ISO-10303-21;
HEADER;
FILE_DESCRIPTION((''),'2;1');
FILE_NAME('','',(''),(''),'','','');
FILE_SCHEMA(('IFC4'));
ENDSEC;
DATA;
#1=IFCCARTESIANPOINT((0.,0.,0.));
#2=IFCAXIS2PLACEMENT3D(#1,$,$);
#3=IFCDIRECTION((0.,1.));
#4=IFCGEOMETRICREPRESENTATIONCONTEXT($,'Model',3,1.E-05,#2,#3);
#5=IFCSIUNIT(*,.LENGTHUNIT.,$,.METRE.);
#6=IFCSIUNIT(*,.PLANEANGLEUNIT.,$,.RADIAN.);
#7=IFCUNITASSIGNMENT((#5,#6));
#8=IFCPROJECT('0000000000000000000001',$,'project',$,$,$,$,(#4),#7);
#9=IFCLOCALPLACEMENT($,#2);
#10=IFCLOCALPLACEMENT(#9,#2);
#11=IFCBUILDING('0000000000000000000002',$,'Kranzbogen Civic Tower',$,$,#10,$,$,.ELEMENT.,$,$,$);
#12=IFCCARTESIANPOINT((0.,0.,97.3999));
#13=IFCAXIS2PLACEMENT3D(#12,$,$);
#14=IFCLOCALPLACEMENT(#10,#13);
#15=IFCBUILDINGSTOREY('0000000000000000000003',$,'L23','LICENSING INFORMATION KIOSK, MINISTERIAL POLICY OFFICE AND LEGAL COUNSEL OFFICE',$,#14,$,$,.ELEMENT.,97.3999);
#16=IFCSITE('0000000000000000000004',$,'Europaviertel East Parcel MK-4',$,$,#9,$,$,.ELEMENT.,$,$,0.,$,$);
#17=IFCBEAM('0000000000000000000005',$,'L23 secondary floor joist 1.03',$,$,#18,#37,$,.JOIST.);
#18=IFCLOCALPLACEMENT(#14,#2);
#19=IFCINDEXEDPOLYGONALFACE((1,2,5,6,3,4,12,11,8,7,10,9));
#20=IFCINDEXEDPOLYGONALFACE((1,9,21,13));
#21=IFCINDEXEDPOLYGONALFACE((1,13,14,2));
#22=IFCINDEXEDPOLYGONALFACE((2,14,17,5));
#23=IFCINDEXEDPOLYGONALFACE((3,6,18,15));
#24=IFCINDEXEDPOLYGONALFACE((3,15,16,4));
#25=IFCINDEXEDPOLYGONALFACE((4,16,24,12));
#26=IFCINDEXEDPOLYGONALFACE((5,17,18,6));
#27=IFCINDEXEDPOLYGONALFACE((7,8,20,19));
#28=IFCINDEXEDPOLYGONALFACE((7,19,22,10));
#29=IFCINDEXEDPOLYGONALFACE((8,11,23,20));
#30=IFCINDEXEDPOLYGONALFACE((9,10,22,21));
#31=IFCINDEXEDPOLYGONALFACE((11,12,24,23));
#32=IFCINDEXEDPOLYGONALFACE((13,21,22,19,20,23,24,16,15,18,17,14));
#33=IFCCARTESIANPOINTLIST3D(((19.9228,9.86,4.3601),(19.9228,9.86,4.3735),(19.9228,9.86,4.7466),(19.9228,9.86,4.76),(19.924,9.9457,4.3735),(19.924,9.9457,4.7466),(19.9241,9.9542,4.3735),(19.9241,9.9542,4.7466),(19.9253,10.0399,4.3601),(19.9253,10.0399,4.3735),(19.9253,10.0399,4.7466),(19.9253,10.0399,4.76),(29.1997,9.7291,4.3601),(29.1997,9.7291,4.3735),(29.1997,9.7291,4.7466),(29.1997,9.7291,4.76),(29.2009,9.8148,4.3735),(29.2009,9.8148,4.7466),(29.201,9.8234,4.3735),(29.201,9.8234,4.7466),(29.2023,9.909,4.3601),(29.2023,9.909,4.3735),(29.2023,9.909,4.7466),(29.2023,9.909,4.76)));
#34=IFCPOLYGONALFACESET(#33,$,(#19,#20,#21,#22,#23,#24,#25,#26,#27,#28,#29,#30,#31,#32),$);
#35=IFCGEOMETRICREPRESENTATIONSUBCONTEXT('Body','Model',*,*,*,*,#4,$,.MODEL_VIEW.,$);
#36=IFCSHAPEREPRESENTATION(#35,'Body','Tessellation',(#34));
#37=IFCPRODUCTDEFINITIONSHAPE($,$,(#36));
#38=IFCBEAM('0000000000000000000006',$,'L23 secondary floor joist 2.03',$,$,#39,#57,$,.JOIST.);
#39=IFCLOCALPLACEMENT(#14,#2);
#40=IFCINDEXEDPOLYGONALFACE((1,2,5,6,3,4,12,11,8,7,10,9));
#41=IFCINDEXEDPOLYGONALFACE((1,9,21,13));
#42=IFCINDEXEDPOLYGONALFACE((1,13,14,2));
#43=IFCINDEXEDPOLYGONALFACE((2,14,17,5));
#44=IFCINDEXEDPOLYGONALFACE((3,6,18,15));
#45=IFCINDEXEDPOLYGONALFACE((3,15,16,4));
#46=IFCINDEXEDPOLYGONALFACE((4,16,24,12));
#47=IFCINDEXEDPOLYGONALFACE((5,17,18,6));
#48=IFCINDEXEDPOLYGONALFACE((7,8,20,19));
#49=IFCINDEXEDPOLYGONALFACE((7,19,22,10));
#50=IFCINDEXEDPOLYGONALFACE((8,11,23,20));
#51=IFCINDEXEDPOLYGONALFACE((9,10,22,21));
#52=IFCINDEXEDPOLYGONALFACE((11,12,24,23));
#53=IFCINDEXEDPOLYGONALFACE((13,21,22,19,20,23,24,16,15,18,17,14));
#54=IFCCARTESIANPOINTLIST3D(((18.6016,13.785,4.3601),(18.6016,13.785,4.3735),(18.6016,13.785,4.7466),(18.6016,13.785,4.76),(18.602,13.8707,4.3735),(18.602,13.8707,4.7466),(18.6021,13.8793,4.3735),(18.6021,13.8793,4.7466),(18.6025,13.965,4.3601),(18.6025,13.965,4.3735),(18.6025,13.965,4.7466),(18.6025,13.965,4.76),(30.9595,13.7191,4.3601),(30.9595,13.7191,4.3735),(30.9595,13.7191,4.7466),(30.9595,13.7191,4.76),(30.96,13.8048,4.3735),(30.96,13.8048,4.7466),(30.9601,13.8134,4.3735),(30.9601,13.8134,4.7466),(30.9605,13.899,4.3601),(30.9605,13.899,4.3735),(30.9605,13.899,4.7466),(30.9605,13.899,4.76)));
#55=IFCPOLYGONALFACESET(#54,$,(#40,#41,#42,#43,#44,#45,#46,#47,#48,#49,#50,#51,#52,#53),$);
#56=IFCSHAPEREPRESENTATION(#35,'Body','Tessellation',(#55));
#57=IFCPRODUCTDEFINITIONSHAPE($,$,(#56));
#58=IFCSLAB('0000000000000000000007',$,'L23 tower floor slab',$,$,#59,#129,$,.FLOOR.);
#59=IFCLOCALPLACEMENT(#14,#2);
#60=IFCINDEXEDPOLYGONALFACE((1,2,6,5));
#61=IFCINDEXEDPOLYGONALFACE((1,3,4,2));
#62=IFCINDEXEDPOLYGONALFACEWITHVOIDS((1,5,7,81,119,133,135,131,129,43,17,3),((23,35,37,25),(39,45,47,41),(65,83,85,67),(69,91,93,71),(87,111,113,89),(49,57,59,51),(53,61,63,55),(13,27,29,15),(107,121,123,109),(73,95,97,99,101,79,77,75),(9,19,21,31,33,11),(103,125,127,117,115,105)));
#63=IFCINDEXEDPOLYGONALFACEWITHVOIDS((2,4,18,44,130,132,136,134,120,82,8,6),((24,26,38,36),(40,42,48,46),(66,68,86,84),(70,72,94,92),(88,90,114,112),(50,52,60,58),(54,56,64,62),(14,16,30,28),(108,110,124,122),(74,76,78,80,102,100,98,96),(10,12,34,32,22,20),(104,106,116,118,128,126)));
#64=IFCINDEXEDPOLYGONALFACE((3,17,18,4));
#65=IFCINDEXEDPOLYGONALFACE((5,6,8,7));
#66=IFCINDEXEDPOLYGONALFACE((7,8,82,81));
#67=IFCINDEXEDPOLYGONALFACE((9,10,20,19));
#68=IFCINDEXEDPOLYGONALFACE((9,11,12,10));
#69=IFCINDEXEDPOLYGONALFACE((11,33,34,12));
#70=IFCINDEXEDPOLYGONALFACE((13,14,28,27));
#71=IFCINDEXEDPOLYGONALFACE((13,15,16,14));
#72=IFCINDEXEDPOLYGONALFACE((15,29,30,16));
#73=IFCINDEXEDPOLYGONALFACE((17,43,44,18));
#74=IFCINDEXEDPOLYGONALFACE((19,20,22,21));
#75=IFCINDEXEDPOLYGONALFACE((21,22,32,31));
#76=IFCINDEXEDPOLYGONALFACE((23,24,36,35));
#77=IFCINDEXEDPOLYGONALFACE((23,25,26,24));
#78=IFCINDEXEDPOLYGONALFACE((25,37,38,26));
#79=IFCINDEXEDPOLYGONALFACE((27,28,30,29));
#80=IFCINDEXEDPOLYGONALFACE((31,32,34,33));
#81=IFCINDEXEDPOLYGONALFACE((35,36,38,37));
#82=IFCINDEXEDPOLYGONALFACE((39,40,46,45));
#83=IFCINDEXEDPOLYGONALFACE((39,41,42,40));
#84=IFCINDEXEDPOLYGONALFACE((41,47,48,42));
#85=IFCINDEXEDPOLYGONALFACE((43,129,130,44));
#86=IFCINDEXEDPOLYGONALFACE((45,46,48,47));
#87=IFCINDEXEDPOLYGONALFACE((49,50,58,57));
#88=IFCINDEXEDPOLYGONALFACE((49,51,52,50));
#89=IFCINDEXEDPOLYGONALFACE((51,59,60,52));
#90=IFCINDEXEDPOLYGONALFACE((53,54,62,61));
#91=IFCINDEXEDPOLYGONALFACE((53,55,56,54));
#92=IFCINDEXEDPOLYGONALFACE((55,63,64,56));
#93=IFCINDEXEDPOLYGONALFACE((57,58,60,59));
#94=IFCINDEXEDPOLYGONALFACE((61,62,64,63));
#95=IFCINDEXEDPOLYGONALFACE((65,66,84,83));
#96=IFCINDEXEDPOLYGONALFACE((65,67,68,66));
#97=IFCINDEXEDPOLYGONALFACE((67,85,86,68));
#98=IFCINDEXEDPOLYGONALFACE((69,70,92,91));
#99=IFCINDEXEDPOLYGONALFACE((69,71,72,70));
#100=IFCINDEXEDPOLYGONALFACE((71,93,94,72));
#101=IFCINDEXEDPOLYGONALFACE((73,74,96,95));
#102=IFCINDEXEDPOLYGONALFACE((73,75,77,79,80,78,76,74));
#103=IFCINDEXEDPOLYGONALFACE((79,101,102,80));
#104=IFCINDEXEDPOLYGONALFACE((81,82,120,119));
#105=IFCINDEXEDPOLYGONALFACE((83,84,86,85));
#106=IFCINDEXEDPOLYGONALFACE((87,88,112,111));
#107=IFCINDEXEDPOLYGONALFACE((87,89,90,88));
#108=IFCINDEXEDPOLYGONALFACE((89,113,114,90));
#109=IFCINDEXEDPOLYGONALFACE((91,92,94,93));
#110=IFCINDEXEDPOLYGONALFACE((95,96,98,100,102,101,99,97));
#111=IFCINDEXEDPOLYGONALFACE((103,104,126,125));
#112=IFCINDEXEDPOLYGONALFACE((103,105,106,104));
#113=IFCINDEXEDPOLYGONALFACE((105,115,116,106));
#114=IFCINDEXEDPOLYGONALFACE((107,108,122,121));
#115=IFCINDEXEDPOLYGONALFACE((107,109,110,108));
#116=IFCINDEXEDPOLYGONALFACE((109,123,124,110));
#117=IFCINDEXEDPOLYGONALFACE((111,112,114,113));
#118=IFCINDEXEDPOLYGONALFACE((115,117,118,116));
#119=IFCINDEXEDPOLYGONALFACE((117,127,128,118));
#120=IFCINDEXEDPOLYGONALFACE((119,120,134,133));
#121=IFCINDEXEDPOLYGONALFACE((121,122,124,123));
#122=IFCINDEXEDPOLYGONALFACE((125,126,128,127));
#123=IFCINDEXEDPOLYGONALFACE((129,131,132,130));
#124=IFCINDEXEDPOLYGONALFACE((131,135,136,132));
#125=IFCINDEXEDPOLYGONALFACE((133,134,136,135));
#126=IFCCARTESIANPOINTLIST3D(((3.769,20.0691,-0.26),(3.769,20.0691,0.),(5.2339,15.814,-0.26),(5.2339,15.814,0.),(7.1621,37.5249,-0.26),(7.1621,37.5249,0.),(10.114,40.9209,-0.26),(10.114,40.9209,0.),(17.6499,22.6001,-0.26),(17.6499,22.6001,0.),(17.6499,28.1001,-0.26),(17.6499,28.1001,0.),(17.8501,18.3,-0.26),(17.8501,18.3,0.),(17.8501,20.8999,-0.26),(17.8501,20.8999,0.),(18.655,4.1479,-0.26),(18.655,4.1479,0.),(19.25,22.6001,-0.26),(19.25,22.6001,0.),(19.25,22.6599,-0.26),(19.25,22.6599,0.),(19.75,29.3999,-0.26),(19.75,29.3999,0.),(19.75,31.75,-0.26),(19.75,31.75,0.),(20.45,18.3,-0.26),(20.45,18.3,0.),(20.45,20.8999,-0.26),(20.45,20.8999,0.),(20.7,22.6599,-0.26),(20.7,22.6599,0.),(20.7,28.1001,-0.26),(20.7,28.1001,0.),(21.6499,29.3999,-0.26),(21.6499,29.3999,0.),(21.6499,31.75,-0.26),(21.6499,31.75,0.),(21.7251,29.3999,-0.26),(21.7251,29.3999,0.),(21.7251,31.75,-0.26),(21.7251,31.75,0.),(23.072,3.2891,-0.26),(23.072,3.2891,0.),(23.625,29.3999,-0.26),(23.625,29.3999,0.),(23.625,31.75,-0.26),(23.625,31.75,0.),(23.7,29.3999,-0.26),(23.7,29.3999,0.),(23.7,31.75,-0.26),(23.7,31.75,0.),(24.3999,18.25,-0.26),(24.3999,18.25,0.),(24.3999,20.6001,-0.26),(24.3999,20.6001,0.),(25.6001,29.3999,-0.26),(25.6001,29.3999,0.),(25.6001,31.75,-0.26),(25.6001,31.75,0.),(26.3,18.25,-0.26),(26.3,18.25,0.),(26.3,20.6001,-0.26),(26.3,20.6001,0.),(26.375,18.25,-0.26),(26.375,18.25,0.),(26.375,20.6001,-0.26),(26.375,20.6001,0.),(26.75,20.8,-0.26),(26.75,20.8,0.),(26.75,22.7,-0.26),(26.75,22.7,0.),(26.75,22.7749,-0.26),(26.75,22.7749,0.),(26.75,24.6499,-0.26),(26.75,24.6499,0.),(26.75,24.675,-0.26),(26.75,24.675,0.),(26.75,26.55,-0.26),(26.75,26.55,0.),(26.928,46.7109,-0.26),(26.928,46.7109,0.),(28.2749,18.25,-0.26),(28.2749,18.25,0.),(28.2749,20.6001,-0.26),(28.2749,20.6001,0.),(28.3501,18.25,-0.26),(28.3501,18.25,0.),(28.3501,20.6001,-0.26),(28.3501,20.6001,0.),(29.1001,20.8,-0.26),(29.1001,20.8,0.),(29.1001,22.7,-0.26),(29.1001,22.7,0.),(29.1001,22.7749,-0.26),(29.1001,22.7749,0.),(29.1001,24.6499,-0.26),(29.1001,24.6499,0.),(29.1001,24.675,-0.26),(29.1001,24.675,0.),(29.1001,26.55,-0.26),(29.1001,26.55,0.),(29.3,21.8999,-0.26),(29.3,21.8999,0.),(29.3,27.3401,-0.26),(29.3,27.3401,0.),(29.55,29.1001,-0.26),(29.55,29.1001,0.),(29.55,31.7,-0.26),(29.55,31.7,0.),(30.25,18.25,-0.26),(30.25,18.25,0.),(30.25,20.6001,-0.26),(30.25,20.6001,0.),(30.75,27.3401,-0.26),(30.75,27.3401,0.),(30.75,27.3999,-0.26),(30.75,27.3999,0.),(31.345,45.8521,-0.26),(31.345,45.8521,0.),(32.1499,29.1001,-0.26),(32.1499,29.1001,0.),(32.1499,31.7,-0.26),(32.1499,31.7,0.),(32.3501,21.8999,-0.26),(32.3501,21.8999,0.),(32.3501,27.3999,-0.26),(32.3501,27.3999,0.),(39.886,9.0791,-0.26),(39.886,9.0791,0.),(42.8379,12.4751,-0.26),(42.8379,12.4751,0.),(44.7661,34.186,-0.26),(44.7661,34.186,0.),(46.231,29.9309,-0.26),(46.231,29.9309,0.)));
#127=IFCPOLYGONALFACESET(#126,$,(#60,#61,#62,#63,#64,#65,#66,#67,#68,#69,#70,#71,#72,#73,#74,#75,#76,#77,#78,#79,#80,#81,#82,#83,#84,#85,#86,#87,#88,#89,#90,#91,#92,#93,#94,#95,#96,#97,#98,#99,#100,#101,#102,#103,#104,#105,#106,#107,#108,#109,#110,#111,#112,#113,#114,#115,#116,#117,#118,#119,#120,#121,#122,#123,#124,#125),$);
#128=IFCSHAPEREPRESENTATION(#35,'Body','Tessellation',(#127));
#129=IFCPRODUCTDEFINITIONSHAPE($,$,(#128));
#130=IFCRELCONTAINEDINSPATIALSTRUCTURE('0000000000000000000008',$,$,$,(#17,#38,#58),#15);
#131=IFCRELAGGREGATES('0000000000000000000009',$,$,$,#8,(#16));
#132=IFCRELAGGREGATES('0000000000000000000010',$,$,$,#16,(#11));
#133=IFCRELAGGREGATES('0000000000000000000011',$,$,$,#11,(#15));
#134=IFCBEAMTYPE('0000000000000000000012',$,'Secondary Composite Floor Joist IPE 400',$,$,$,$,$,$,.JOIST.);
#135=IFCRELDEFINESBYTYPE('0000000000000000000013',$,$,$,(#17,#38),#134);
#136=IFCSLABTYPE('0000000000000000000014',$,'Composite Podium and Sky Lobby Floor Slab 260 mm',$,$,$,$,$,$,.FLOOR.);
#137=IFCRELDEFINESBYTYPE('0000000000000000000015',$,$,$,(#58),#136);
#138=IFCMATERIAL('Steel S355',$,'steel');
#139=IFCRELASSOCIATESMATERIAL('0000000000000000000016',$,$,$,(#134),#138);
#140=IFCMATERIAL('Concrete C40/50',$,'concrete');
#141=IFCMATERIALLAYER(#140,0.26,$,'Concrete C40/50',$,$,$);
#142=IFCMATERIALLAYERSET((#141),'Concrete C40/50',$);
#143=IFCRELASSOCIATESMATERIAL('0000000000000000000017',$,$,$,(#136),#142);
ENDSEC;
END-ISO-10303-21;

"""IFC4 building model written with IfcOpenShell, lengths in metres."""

from ifc_helpers import new_model, si_unit, direction, frame, origin, origin_2d, place, context, subcontext, project, spatial, polyline, i_section, outline, extrude, material, layer, layer_set, material_profile, profile_set, type_object, element, save


model = new_model("IFC4")

# Units and contexts
model_context = context("Model", 3, precision=1e-05, world=origin(), true_north=direction((0.0, 1.0)))
body_context = subcontext(model_context, "Body", "Model", "MODEL_VIEW")
ifc_project = project(units=[si_unit("LENGTHUNIT", "METRE"), si_unit("PLANEANGLEUNIT", "RADIAN")], contexts=[model_context])

# Site, building, storey
site_placement = place(None, origin())
site = spatial("IfcSite", under=ifc_project, at=site_placement, Name="Europaviertel East Parcel MK-4", CompositionType="ELEMENT", RefElevation=0.0)
building_placement = place(site_placement, origin())
building = spatial("IfcBuilding", under=site, at=building_placement, Name="Kranzbogen Civic Tower", CompositionType="ELEMENT")
storey_placement = place(building_placement, frame((0.0, 0.0, 97.3999)))
storey = spatial("IfcBuildingStorey", under=building, at=storey_placement, Name="L23", Description="LICENSING INFORMATION KIOSK, MINISTERIAL POLICY OFFICE AND LEGAL COUNSEL OFFICE", CompositionType="ELEMENT", Elevation=97.3999)

# Beams
ifc_material_1 = material(Name="Steel S355", Category="steel")
ifc_material_profile_1 = material_profile(ifc_material_1, i_section(OverallWidth=0.1799, OverallDepth=0.3999, WebThickness=0.0085, FlangeThickness=0.0134, at=origin_2d()), Name="IPE 400")
ifc_profile_set_1 = profile_set([ifc_material_profile_1], Name="Steel S355")
beam_type_1 = type_object("IfcBeamType", Name="Secondary Composite Floor Joist IPE 400", PredefinedType="JOIST", material=ifc_profile_set_1)
beam_1_placement = place(storey_placement, frame((19.9241, 9.95, 4.5601), z_axis=(0.999901, -0.014105, 0.0), x_axis=(0.014105, 0.999901, 0.0)))
element("IfcBeam", 1, at=beam_1_placement, inside=storey, type_object=beam_type_1, Name="L23 secondary floor joist 1.03", PredefinedType="JOIST", context=body_context, shape_type="SweptSolid", body=[
    extrude(i_section(OverallWidth=0.1799, OverallDepth=0.3999, WebThickness=0.0085, FlangeThickness=0.0134, at=origin_2d()), origin(), (0.0, 0.0, 1.0), 9.2778),
])
beam_2_placement = place(storey_placement, frame((18.6021, 13.875, 4.5601), z_axis=(0.999986, -0.005334, 0.0), x_axis=(0.005334, 0.999986, 0.0)))
element("IfcBeam", 2, at=beam_2_placement, inside=storey, type_object=beam_type_1, Name="L23 secondary floor joist 2.03", PredefinedType="JOIST", context=body_context, shape_type="SweptSolid", body=[
    extrude(i_section(OverallWidth=0.1799, OverallDepth=0.3999, WebThickness=0.0085, FlangeThickness=0.0134, at=origin_2d()), origin(), (0.0, 0.0, 1.0), 12.3582),
])

# Slab
ifc_material_2 = material(Name="Concrete C40/50", Category="concrete")
ifc_layer_1 = layer(ifc_material_2, 0.26, Name="Concrete C40/50")
ifc_layer_set_1 = layer_set([ifc_layer_1], Name="Concrete C40/50")
slab_type_1 = type_object("IfcSlabType", Name="Composite Podium and Sky Lobby Floor Slab 260 mm", PredefinedType="FLOOR", material=ifc_layer_set_1)
slab_1_placement = place(storey_placement, frame((0.0, 0.0, -0.26)))
element("IfcSlab", 3, at=slab_1_placement, inside=storey, type_object=slab_type_1, Name="L23 tower floor slab", PredefinedType="FLOOR", context=body_context, shape_type="SweptSolid", body=[
    extrude(outline(polyline([(44.7661, 34.186), (31.345, 45.8521), (26.928, 46.7109), (10.114, 40.9209), (7.1621, 37.5249), (3.769, 20.0691), (5.2339, 15.814), (18.655, 4.1479), (23.072, 3.2891), (39.886, 9.0791), (42.8379, 12.4751), (46.231, 29.9309), (44.7661, 34.186)]), holes=[polyline([(26.3, 20.6001), (26.3, 18.25), (24.3999, 18.25), (24.3999, 20.6001), (26.3, 20.6001)]), polyline([(28.2749, 18.25), (26.375, 18.25), (26.375, 20.6001), (28.2749, 20.6001), (28.2749, 18.25)]), polyline([(20.45, 18.3), (17.8501, 18.3), (17.8501, 20.8999), (20.45, 20.8999), (20.45, 18.3)]), polyline([(20.7, 22.6599), (19.25, 22.6599), (19.25, 22.6001), (17.6499, 22.6001), (17.6499, 28.1001), (20.7, 28.1001), (20.7, 22.6599)]), polyline([(21.6499, 29.3999), (19.75, 29.3999), (19.75, 31.75), (21.6499, 31.75), (21.6499, 29.3999)]), polyline([(23.625, 29.3999), (21.7251, 29.3999), (21.7251, 31.75), (23.625, 31.75), (23.625, 29.3999)]), polyline([(25.6001, 31.75), (25.6001, 29.3999), (23.7, 29.3999), (23.7, 31.75), (25.6001, 31.75)]), polyline([(30.25, 18.25), (28.3501, 18.25), (28.3501, 20.6001), (30.25, 20.6001), (30.25, 18.25)]), polyline([(29.1001, 20.8), (26.75, 20.8), (26.75, 22.7), (29.1001, 22.7), (29.1001, 20.8)]), polyline([(26.75, 26.55), (29.1001, 26.55), (29.1001, 24.675), (29.1001, 24.6499), (29.1001, 22.7749), (26.75, 22.7749), (26.75, 24.6499), (26.75, 24.675), (26.75, 26.55)]), polyline([(30.75, 27.3401), (30.75, 27.3999), (32.3501, 27.3999), (32.3501, 21.8999), (29.3, 21.8999), (29.3, 27.3401), (30.75, 27.3401)]), polyline([(32.1499, 29.1001), (29.55, 29.1001), (29.55, 31.7), (32.1499, 31.7), (32.1499, 29.1001)])]), origin(), (0.0, 0.0, 1.0), 0.26),
])

save(model, "model.ifc")
